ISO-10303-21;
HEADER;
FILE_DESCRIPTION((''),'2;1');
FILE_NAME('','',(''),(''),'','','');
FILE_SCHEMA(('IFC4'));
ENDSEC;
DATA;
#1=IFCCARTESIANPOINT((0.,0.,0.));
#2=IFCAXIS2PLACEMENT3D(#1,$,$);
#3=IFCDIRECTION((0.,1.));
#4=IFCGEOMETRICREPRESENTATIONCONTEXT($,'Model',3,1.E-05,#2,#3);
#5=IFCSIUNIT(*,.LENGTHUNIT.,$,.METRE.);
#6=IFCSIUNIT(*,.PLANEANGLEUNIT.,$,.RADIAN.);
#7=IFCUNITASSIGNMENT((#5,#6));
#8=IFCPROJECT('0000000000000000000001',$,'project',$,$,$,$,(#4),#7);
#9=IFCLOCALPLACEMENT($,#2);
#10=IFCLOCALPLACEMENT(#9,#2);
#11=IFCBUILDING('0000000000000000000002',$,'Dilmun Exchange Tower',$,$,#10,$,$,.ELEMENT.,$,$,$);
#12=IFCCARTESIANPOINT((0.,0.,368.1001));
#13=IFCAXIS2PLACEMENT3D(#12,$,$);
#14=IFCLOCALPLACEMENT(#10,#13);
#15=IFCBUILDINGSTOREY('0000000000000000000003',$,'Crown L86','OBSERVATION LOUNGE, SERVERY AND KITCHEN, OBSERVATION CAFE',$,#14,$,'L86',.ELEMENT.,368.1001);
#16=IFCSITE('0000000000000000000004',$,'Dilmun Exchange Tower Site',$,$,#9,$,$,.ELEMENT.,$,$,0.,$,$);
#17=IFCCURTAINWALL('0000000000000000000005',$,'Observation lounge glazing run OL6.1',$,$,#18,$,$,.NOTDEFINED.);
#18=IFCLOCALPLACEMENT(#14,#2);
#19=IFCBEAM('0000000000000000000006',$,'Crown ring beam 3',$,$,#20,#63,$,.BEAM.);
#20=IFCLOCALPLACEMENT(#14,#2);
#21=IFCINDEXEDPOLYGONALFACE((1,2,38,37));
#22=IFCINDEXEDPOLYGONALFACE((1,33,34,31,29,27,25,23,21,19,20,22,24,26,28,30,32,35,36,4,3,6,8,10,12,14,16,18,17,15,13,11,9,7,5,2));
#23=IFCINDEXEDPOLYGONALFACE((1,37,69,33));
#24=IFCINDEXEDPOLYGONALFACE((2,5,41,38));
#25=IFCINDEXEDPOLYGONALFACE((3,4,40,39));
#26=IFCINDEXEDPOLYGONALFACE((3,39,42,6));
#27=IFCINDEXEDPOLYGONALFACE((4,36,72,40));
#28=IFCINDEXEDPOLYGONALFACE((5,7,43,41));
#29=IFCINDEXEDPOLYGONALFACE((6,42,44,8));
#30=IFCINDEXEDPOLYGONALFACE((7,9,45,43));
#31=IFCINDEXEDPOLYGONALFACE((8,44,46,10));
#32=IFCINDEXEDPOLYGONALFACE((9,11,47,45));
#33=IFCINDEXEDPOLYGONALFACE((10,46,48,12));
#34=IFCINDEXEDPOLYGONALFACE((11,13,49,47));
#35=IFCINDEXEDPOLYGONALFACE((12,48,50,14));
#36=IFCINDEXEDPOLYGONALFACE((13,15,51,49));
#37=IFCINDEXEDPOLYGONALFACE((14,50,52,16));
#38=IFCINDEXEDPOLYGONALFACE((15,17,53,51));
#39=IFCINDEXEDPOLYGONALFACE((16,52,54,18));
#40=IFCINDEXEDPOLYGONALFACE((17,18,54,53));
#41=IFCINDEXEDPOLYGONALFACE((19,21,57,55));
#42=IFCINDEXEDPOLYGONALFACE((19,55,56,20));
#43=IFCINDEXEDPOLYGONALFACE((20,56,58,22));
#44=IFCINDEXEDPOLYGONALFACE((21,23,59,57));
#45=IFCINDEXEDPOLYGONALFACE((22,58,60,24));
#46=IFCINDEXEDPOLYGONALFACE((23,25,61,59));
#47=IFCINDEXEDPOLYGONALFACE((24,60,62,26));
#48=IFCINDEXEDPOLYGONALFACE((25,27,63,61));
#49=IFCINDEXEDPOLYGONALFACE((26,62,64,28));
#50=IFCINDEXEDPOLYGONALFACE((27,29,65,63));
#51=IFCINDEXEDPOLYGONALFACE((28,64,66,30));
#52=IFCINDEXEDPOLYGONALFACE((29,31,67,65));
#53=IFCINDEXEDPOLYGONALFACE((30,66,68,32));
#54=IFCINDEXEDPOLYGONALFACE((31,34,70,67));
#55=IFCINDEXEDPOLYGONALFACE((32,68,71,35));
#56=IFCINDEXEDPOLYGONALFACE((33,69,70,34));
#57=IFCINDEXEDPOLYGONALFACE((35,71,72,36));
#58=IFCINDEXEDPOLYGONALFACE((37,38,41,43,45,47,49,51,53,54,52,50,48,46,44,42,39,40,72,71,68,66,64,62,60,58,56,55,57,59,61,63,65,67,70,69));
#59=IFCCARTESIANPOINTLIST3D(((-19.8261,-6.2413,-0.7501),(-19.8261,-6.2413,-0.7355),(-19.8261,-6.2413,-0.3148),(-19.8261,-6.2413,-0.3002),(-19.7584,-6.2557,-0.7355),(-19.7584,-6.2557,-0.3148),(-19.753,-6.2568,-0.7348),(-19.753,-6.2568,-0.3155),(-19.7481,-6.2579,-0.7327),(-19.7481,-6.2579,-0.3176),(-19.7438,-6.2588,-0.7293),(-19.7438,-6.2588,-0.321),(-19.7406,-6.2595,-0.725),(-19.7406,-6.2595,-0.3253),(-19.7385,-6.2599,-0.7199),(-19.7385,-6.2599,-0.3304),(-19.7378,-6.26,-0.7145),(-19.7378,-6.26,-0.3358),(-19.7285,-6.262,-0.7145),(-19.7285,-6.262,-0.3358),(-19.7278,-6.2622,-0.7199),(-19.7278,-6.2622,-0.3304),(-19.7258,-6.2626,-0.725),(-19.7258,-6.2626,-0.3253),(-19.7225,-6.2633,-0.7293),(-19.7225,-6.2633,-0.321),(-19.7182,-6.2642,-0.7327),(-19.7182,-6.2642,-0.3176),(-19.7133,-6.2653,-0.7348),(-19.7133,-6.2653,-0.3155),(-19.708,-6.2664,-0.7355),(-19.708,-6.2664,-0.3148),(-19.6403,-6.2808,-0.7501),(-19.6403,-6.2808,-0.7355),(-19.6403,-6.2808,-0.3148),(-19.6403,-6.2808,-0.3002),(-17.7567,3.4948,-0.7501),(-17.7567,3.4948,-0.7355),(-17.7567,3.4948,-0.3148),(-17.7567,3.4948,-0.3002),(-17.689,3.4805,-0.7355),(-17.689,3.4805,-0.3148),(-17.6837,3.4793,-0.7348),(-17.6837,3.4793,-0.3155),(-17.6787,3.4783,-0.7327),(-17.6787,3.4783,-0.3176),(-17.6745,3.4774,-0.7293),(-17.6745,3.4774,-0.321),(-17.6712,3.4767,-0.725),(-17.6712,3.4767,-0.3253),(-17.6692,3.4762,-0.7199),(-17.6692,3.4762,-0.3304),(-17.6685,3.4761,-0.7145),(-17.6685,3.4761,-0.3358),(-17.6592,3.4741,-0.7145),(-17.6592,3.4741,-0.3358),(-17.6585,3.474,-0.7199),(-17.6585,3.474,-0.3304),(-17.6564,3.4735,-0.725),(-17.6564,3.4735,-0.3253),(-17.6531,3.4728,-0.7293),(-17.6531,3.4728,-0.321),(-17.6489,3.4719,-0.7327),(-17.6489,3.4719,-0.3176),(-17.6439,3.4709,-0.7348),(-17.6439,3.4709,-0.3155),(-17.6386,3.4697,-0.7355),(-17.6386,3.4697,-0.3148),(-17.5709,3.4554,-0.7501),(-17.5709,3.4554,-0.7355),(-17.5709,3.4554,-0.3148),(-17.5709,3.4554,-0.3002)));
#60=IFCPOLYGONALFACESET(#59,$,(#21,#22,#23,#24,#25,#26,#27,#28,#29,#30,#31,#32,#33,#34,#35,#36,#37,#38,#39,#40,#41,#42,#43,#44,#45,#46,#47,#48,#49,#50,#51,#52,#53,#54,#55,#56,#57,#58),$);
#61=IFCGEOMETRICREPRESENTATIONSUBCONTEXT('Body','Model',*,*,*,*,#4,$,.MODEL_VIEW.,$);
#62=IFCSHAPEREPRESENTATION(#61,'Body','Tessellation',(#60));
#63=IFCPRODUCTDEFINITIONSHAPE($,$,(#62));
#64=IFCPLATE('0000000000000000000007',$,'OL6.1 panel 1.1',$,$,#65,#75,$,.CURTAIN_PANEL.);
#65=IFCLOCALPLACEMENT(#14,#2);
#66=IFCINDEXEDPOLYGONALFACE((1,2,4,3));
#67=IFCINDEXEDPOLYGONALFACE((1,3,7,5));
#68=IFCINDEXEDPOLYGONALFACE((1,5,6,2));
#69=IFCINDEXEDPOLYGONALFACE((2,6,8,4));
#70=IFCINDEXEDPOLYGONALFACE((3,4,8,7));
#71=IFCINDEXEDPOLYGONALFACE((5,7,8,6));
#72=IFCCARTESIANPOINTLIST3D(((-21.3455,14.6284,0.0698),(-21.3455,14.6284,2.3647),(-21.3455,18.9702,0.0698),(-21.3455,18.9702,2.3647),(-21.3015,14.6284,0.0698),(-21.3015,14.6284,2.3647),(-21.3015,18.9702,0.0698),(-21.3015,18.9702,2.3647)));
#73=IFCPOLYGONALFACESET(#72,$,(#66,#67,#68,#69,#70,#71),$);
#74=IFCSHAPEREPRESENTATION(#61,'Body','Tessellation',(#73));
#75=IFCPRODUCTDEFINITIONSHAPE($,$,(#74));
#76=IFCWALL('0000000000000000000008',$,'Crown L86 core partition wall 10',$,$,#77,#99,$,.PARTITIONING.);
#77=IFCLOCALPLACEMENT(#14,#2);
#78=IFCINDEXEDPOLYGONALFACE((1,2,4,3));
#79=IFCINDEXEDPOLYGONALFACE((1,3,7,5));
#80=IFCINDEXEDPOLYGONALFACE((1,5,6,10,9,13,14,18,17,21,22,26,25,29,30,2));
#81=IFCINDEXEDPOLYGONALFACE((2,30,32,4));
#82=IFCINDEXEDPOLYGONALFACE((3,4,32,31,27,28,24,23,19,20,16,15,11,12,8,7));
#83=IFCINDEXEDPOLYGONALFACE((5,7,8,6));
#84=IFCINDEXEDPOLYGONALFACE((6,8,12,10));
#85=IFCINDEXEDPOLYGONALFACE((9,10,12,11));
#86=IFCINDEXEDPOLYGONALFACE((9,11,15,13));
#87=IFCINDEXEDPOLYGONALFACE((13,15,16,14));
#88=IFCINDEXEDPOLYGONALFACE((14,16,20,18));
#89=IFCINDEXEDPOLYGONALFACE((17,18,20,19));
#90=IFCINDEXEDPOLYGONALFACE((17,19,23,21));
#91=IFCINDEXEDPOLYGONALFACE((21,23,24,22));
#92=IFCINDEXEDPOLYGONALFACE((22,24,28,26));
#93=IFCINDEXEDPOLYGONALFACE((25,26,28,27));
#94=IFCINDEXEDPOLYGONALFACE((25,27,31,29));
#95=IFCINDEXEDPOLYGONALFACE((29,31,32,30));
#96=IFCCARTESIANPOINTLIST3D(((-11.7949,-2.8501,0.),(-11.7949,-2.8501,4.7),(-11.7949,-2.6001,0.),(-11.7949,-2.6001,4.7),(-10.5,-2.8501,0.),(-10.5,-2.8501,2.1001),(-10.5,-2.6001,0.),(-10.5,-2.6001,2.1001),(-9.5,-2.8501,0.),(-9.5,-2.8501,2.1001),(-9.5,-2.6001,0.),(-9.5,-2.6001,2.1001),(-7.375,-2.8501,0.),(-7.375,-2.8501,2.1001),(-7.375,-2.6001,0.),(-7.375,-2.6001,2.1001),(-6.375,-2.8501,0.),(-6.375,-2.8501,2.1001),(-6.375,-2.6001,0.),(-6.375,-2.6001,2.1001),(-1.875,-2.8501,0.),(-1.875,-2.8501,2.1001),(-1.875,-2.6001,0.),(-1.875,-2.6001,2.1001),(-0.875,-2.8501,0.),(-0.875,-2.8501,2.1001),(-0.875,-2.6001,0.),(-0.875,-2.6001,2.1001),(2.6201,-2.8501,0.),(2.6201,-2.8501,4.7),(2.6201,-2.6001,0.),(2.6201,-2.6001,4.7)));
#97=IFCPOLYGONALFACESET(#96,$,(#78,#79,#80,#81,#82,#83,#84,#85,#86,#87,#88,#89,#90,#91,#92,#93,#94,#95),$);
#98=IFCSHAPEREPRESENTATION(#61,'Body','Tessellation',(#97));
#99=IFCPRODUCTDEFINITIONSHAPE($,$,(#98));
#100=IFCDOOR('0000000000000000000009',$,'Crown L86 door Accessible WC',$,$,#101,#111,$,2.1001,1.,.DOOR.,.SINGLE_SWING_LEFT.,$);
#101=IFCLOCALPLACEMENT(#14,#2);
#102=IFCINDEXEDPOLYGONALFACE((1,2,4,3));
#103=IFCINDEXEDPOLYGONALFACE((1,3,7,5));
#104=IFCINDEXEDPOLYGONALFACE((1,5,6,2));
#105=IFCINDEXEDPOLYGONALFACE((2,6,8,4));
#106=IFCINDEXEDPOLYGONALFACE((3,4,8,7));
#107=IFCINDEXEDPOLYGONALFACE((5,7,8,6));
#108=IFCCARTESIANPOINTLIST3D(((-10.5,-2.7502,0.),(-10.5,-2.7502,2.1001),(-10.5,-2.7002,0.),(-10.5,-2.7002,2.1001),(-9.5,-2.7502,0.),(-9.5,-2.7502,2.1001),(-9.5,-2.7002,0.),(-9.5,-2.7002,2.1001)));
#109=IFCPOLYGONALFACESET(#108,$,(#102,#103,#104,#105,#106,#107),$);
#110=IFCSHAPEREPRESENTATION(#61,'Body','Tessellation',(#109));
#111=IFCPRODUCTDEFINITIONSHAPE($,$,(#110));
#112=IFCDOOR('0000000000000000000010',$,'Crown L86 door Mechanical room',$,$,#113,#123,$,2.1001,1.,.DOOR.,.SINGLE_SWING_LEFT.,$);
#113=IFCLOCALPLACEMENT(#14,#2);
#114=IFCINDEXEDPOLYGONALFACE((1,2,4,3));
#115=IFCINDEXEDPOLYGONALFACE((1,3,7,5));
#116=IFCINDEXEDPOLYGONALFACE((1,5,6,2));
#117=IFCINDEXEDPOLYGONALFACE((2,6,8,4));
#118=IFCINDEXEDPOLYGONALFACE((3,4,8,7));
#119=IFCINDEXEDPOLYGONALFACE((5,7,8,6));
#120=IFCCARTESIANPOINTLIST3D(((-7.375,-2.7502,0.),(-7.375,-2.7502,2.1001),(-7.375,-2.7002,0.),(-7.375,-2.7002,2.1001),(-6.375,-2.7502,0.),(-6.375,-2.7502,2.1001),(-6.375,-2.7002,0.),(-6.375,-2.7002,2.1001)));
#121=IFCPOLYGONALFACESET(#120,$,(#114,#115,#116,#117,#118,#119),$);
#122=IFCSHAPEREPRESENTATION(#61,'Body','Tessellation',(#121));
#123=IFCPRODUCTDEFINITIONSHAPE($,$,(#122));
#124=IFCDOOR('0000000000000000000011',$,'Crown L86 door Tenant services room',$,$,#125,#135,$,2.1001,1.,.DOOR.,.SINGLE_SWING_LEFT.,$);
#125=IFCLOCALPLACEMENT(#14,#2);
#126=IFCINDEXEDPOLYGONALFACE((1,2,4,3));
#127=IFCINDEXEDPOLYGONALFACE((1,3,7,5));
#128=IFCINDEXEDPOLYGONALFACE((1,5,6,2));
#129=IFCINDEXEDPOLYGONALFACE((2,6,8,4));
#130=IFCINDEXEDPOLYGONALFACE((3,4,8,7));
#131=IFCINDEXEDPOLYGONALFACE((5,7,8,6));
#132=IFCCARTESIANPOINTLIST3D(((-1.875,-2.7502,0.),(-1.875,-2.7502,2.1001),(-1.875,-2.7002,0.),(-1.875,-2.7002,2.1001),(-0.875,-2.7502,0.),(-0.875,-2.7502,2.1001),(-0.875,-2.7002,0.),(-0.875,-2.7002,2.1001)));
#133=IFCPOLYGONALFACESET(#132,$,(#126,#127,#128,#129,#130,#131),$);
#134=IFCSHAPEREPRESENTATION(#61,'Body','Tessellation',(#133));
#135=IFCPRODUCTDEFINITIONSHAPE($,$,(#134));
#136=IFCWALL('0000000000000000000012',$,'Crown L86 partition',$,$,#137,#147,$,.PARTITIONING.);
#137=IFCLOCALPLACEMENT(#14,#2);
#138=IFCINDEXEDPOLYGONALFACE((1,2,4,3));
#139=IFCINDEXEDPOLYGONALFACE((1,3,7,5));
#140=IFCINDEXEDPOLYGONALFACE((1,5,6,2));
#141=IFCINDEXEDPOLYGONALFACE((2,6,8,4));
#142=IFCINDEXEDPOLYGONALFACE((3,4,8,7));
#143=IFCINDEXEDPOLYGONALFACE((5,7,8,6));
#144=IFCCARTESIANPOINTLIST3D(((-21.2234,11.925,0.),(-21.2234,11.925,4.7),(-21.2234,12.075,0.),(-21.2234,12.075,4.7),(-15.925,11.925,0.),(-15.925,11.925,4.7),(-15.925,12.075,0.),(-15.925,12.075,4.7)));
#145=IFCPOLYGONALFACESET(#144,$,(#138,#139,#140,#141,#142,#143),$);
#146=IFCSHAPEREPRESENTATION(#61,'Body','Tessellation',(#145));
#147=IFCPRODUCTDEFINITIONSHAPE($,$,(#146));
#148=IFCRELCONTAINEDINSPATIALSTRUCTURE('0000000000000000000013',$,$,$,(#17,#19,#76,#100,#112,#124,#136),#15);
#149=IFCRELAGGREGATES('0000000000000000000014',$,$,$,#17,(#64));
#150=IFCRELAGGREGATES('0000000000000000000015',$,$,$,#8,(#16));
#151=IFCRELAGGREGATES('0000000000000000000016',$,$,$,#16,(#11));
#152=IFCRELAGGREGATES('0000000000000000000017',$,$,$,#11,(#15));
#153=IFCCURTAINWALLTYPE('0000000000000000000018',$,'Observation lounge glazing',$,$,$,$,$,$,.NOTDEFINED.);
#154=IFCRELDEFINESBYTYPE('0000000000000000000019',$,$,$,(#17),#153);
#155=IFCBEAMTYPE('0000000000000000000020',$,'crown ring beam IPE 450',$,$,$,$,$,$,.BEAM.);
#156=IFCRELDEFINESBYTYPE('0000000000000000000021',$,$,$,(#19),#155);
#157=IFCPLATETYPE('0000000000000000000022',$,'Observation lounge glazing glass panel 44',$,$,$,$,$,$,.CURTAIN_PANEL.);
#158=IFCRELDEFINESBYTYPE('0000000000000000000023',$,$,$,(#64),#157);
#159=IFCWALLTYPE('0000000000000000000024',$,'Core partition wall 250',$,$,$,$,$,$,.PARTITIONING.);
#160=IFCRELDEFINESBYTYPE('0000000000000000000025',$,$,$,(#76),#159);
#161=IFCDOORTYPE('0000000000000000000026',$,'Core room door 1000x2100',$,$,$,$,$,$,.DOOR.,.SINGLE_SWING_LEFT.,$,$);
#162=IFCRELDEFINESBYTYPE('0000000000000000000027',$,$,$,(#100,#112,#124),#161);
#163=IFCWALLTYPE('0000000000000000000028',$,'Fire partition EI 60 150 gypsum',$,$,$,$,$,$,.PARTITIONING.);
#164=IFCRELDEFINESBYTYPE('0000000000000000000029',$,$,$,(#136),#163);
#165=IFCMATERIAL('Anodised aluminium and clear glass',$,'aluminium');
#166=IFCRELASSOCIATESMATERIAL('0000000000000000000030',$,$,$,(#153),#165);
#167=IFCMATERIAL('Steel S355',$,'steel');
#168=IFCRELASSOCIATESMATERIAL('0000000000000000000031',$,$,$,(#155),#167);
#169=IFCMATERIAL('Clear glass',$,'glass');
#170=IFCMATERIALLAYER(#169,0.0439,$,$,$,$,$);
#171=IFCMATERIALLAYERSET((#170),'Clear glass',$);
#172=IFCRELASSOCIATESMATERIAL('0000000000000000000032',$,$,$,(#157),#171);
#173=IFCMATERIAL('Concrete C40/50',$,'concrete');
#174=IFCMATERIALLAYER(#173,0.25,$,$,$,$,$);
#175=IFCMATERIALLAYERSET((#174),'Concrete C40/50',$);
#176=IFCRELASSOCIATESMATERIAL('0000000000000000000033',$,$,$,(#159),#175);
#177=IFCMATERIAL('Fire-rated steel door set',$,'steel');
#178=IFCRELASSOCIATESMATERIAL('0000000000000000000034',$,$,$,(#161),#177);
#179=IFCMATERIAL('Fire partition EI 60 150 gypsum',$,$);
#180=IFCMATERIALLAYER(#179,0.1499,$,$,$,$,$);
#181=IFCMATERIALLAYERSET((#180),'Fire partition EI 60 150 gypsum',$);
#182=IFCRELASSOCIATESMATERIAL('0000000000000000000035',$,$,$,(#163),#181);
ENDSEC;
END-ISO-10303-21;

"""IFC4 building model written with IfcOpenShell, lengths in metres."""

from ifc_helpers import new_model, si_unit, direction, frame, frame_2d, origin, origin_2d, place, context, subcontext, project, spatial, rectangle, i_section, extrude, material, layer, layer_set, material_profile, profile_set, type_object, element, fill, aggregate, save


model = new_model("IFC4")

# Units and contexts
model_context = context("Model", 3, precision=1e-05, world=origin(), true_north=direction((0.0, 1.0)))
body_context = subcontext(model_context, "Body", "Model", "MODEL_VIEW")
ifc_project = project(units=[si_unit("LENGTHUNIT", "METRE"), si_unit("PLANEANGLEUNIT", "RADIAN")], contexts=[model_context])

# Site, building, storey
site_placement = place(None, origin())
site = spatial("IfcSite", under=ifc_project, at=site_placement, Name="Dilmun Exchange Tower Site", CompositionType="ELEMENT", RefElevation=0.0)
building_placement = place(site_placement, origin())
building = spatial("IfcBuilding", under=site, at=building_placement, Name="Dilmun Exchange Tower", CompositionType="ELEMENT")
storey_placement = place(building_placement, frame((0.0, 0.0, 368.1001)))
storey = spatial("IfcBuildingStorey", under=building, at=storey_placement, Name="Crown L86", Description="OBSERVATION LOUNGE, SERVERY AND KITCHEN, OBSERVATION CAFE", LongName="L86", CompositionType="ELEMENT", Elevation=368.1001)

# Curtain wall
ifc_material_1 = material(Name="Anodised aluminium and clear glass", Category="aluminium")
curtain_wall_type = type_object("IfcCurtainWallType", Name="Observation lounge glazing", PredefinedType="NOTDEFINED", material=ifc_material_1)
curtain_wall_placement = place(storey_placement, origin())
curtain_wall = element("IfcCurtainWall", 1, at=curtain_wall_placement, inside=storey, type_object=curtain_wall_type, Name="Observation lounge glazing run OL6.1", PredefinedType="NOTDEFINED")

# Beam
ifc_material_2 = material(Name="Steel S355", Category="steel")
ifc_material_profile_1 = material_profile(ifc_material_2, i_section(OverallWidth=0.1899, OverallDepth=0.45, WebThickness=0.0095, FlangeThickness=0.0146, FilletRadius=0.021, at=origin_2d()), Name="IPE 450")
ifc_profile_set_1 = profile_set([ifc_material_profile_1], Name="Steel S355")
beam_type_1 = type_object("IfcBeamType", Name="crown ring beam IPE 450", PredefinedType="BEAM", material=ifc_profile_set_1)
beam_1_placement = place(storey_placement, frame((-17.6638, 3.4751, -0.5251), z_axis=(-0.207899, -0.97815, 0.0), x_axis=(0.97815, -0.207899, 0.0)))
element("IfcBeam", 2, at=beam_1_placement, inside=storey, type_object=beam_type_1, Name="Crown ring beam 3", PredefinedType="BEAM", context=body_context, shape_type="SweptSolid", body=[
    extrude(i_section(OverallWidth=0.1899, OverallDepth=0.45, WebThickness=0.0095, FlangeThickness=0.0146, FilletRadius=0.021, at=origin_2d()), origin(), (0.0, 0.0, 1.0), 9.9536),
])

# Plate
ifc_material_3 = material(Name="Clear glass", Category="glass")
ifc_layer_1 = layer(ifc_material_3, 0.0439)
ifc_layer_set_1 = layer_set([ifc_layer_1], Name="Clear glass")
plate_type = type_object("IfcPlateType", Name="Observation lounge glazing glass panel 44", PredefinedType="CURTAIN_PANEL", material=ifc_layer_set_1)
plate_placement = place(storey_placement, frame((-21.3235, 16.7993, 0.0698), z_axis=(0.0, 0.0, 1.0), x_axis=(0.0, -1.0, 0.0)))
plate = element("IfcPlate", 3, at=plate_placement, type_object=plate_type, Name="OL6.1 panel 1.1", PredefinedType="CURTAIN_PANEL", context=body_context, shape_type="SweptSolid", body=[
    extrude(rectangle(XDim=4.3418, YDim=0.0439, at=origin_2d()), origin(), (0.0, 0.0, 1.0), 2.2949),
])
aggregate(curtain_wall, [plate])

# Wall, openings, doors
ifc_material_4 = material(Name="Concrete C40/50", Category="concrete")
ifc_layer_2 = layer(ifc_material_4, 0.25)
ifc_layer_set_2 = layer_set([ifc_layer_2], Name="Concrete C40/50")
wall_type_1 = type_object("IfcWallType", Name="Core partition wall 250", PredefinedType="PARTITIONING", material=ifc_layer_set_2)
wall_1_placement = place(storey_placement, frame((-11.7949, -2.7251, 0.0), z_axis=(0.0, 0.0, 1.0), x_axis=(1.0, 0.0, 0.0)))
wall_1 = element("IfcWall", 4, at=wall_1_placement, inside=storey, type_object=wall_type_1, Name="Crown L86 core partition wall 10", PredefinedType="PARTITIONING", context=body_context, shape_type="SweptSolid", body=[
    extrude(rectangle(XDim=14.415, YDim=0.25, at=frame_2d((7.2075, 0.0))), origin(), (0.0, 0.0, 1.0), 4.7),
])
opening_1_placement = place(wall_1_placement, frame((1.2949, 0.0, 0.0)))
opening_1 = element("IfcOpeningElement", 5, at=opening_1_placement, cuts=wall_1, PredefinedType="OPENING", context=body_context, shape_type="SweptSolid", body=[
    extrude(rectangle(XDim=1.0, YDim=2.1001, at=frame_2d((0.5, 1.05))), frame((0.0, 0.135, 0.0), z_axis=(0.0, -1.0, 0.0), x_axis=(1.0, 0.0, 0.0)), (0.0, 0.0, 1.0), 0.27),
])
opening_2_placement = place(wall_1_placement, frame((4.4199, 0.0, 0.0)))
opening_2 = element("IfcOpeningElement", 6, at=opening_2_placement, cuts=wall_1, PredefinedType="OPENING", context=body_context, shape_type="SweptSolid", body=[
    extrude(rectangle(XDim=1.0, YDim=2.1001, at=frame_2d((0.5, 1.05))), frame((0.0, 0.135, 0.0), z_axis=(0.0, -1.0, 0.0), x_axis=(1.0, 0.0, 0.0)), (0.0, 0.0, 1.0), 0.27),
])
opening_3_placement = place(wall_1_placement, frame((9.9199, 0.0, 0.0)))
opening_3 = element("IfcOpeningElement", 7, at=opening_3_placement, cuts=wall_1, PredefinedType="OPENING", context=body_context, shape_type="SweptSolid", body=[
    extrude(rectangle(XDim=1.0, YDim=2.1001, at=frame_2d((0.5, 1.05))), frame((0.0, 0.135, 0.0), z_axis=(0.0, -1.0, 0.0), x_axis=(1.0, 0.0, 0.0)), (0.0, 0.0, 1.0), 0.27),
])
ifc_material_5 = material(Name="Fire-rated steel door set", Category="steel")
door_type_1 = type_object("IfcDoorType", Name="Core room door 1000x2100", OperationType="SINGLE_SWING_LEFT", PredefinedType="DOOR", material=ifc_material_5)
door_1_placement = place(opening_1_placement, origin())
door_1 = element("IfcDoor", 8, at=door_1_placement, inside=storey, type_object=door_type_1, Name="Crown L86 door Accessible WC", OperationType="SINGLE_SWING_LEFT", OverallHeight=2.1001, OverallWidth=1.0, PredefinedType="DOOR", context=body_context, shape_type="SweptSolid", body=[
    extrude(rectangle(XDim=1.0, YDim=2.1001, at=frame_2d((0.5, 1.05))), frame((0.0, 0.0249, 0.0), z_axis=(0.0, -1.0, 0.0), x_axis=(1.0, 0.0, 0.0)), (0.0, 0.0, 1.0), 0.05),
])
fill(opening_1, door_1)
door_2_placement = place(opening_2_placement, origin())
door_2 = element("IfcDoor", 9, at=door_2_placement, inside=storey, type_object=door_type_1, Name="Crown L86 door Mechanical room", OperationType="SINGLE_SWING_LEFT", OverallHeight=2.1001, OverallWidth=1.0, PredefinedType="DOOR", context=body_context, shape_type="SweptSolid", body=[
    extrude(rectangle(XDim=1.0, YDim=2.1001, at=frame_2d((0.5, 1.05))), frame((0.0, 0.0249, 0.0), z_axis=(0.0, -1.0, 0.0), x_axis=(1.0, 0.0, 0.0)), (0.0, 0.0, 1.0), 0.05),
])
fill(opening_2, door_2)
door_3_placement = place(opening_3_placement, origin())
door_3 = element("IfcDoor", 10, at=door_3_placement, inside=storey, type_object=door_type_1, Name="Crown L86 door Tenant services room", OperationType="SINGLE_SWING_LEFT", OverallHeight=2.1001, OverallWidth=1.0, PredefinedType="DOOR", context=body_context, shape_type="SweptSolid", body=[
    extrude(rectangle(XDim=1.0, YDim=2.1001, at=frame_2d((0.5, 1.05))), frame((0.0, 0.0249, 0.0), z_axis=(0.0, -1.0, 0.0), x_axis=(1.0, 0.0, 0.0)), (0.0, 0.0, 1.0), 0.05),
])
fill(opening_3, door_3)

# Wall
ifc_material_6 = material(Name="Fire partition EI 60 150 gypsum")
ifc_layer_3 = layer(ifc_material_6, 0.1499)
ifc_layer_set_3 = layer_set([ifc_layer_3], Name="Fire partition EI 60 150 gypsum")
wall_type_2 = type_object("IfcWallType", Name="Fire partition EI 60 150 gypsum", PredefinedType="PARTITIONING", material=ifc_layer_set_3)
wall_2_placement = place(storey_placement, frame((-21.2234, 12.0, 0.0), z_axis=(0.0, 0.0, 1.0), x_axis=(1.0, 0.0, 0.0)))
element("IfcWall", 11, at=wall_2_placement, inside=storey, type_object=wall_type_2, Name="Crown L86 partition", PredefinedType="PARTITIONING", context=body_context, shape_type="SweptSolid", body=[
    extrude(rectangle(XDim=5.2983, YDim=0.1499, at=frame_2d((2.6492, 0.0))), origin(), (0.0, 0.0, 1.0), 4.7),
])

save(model, "model.ifc")
